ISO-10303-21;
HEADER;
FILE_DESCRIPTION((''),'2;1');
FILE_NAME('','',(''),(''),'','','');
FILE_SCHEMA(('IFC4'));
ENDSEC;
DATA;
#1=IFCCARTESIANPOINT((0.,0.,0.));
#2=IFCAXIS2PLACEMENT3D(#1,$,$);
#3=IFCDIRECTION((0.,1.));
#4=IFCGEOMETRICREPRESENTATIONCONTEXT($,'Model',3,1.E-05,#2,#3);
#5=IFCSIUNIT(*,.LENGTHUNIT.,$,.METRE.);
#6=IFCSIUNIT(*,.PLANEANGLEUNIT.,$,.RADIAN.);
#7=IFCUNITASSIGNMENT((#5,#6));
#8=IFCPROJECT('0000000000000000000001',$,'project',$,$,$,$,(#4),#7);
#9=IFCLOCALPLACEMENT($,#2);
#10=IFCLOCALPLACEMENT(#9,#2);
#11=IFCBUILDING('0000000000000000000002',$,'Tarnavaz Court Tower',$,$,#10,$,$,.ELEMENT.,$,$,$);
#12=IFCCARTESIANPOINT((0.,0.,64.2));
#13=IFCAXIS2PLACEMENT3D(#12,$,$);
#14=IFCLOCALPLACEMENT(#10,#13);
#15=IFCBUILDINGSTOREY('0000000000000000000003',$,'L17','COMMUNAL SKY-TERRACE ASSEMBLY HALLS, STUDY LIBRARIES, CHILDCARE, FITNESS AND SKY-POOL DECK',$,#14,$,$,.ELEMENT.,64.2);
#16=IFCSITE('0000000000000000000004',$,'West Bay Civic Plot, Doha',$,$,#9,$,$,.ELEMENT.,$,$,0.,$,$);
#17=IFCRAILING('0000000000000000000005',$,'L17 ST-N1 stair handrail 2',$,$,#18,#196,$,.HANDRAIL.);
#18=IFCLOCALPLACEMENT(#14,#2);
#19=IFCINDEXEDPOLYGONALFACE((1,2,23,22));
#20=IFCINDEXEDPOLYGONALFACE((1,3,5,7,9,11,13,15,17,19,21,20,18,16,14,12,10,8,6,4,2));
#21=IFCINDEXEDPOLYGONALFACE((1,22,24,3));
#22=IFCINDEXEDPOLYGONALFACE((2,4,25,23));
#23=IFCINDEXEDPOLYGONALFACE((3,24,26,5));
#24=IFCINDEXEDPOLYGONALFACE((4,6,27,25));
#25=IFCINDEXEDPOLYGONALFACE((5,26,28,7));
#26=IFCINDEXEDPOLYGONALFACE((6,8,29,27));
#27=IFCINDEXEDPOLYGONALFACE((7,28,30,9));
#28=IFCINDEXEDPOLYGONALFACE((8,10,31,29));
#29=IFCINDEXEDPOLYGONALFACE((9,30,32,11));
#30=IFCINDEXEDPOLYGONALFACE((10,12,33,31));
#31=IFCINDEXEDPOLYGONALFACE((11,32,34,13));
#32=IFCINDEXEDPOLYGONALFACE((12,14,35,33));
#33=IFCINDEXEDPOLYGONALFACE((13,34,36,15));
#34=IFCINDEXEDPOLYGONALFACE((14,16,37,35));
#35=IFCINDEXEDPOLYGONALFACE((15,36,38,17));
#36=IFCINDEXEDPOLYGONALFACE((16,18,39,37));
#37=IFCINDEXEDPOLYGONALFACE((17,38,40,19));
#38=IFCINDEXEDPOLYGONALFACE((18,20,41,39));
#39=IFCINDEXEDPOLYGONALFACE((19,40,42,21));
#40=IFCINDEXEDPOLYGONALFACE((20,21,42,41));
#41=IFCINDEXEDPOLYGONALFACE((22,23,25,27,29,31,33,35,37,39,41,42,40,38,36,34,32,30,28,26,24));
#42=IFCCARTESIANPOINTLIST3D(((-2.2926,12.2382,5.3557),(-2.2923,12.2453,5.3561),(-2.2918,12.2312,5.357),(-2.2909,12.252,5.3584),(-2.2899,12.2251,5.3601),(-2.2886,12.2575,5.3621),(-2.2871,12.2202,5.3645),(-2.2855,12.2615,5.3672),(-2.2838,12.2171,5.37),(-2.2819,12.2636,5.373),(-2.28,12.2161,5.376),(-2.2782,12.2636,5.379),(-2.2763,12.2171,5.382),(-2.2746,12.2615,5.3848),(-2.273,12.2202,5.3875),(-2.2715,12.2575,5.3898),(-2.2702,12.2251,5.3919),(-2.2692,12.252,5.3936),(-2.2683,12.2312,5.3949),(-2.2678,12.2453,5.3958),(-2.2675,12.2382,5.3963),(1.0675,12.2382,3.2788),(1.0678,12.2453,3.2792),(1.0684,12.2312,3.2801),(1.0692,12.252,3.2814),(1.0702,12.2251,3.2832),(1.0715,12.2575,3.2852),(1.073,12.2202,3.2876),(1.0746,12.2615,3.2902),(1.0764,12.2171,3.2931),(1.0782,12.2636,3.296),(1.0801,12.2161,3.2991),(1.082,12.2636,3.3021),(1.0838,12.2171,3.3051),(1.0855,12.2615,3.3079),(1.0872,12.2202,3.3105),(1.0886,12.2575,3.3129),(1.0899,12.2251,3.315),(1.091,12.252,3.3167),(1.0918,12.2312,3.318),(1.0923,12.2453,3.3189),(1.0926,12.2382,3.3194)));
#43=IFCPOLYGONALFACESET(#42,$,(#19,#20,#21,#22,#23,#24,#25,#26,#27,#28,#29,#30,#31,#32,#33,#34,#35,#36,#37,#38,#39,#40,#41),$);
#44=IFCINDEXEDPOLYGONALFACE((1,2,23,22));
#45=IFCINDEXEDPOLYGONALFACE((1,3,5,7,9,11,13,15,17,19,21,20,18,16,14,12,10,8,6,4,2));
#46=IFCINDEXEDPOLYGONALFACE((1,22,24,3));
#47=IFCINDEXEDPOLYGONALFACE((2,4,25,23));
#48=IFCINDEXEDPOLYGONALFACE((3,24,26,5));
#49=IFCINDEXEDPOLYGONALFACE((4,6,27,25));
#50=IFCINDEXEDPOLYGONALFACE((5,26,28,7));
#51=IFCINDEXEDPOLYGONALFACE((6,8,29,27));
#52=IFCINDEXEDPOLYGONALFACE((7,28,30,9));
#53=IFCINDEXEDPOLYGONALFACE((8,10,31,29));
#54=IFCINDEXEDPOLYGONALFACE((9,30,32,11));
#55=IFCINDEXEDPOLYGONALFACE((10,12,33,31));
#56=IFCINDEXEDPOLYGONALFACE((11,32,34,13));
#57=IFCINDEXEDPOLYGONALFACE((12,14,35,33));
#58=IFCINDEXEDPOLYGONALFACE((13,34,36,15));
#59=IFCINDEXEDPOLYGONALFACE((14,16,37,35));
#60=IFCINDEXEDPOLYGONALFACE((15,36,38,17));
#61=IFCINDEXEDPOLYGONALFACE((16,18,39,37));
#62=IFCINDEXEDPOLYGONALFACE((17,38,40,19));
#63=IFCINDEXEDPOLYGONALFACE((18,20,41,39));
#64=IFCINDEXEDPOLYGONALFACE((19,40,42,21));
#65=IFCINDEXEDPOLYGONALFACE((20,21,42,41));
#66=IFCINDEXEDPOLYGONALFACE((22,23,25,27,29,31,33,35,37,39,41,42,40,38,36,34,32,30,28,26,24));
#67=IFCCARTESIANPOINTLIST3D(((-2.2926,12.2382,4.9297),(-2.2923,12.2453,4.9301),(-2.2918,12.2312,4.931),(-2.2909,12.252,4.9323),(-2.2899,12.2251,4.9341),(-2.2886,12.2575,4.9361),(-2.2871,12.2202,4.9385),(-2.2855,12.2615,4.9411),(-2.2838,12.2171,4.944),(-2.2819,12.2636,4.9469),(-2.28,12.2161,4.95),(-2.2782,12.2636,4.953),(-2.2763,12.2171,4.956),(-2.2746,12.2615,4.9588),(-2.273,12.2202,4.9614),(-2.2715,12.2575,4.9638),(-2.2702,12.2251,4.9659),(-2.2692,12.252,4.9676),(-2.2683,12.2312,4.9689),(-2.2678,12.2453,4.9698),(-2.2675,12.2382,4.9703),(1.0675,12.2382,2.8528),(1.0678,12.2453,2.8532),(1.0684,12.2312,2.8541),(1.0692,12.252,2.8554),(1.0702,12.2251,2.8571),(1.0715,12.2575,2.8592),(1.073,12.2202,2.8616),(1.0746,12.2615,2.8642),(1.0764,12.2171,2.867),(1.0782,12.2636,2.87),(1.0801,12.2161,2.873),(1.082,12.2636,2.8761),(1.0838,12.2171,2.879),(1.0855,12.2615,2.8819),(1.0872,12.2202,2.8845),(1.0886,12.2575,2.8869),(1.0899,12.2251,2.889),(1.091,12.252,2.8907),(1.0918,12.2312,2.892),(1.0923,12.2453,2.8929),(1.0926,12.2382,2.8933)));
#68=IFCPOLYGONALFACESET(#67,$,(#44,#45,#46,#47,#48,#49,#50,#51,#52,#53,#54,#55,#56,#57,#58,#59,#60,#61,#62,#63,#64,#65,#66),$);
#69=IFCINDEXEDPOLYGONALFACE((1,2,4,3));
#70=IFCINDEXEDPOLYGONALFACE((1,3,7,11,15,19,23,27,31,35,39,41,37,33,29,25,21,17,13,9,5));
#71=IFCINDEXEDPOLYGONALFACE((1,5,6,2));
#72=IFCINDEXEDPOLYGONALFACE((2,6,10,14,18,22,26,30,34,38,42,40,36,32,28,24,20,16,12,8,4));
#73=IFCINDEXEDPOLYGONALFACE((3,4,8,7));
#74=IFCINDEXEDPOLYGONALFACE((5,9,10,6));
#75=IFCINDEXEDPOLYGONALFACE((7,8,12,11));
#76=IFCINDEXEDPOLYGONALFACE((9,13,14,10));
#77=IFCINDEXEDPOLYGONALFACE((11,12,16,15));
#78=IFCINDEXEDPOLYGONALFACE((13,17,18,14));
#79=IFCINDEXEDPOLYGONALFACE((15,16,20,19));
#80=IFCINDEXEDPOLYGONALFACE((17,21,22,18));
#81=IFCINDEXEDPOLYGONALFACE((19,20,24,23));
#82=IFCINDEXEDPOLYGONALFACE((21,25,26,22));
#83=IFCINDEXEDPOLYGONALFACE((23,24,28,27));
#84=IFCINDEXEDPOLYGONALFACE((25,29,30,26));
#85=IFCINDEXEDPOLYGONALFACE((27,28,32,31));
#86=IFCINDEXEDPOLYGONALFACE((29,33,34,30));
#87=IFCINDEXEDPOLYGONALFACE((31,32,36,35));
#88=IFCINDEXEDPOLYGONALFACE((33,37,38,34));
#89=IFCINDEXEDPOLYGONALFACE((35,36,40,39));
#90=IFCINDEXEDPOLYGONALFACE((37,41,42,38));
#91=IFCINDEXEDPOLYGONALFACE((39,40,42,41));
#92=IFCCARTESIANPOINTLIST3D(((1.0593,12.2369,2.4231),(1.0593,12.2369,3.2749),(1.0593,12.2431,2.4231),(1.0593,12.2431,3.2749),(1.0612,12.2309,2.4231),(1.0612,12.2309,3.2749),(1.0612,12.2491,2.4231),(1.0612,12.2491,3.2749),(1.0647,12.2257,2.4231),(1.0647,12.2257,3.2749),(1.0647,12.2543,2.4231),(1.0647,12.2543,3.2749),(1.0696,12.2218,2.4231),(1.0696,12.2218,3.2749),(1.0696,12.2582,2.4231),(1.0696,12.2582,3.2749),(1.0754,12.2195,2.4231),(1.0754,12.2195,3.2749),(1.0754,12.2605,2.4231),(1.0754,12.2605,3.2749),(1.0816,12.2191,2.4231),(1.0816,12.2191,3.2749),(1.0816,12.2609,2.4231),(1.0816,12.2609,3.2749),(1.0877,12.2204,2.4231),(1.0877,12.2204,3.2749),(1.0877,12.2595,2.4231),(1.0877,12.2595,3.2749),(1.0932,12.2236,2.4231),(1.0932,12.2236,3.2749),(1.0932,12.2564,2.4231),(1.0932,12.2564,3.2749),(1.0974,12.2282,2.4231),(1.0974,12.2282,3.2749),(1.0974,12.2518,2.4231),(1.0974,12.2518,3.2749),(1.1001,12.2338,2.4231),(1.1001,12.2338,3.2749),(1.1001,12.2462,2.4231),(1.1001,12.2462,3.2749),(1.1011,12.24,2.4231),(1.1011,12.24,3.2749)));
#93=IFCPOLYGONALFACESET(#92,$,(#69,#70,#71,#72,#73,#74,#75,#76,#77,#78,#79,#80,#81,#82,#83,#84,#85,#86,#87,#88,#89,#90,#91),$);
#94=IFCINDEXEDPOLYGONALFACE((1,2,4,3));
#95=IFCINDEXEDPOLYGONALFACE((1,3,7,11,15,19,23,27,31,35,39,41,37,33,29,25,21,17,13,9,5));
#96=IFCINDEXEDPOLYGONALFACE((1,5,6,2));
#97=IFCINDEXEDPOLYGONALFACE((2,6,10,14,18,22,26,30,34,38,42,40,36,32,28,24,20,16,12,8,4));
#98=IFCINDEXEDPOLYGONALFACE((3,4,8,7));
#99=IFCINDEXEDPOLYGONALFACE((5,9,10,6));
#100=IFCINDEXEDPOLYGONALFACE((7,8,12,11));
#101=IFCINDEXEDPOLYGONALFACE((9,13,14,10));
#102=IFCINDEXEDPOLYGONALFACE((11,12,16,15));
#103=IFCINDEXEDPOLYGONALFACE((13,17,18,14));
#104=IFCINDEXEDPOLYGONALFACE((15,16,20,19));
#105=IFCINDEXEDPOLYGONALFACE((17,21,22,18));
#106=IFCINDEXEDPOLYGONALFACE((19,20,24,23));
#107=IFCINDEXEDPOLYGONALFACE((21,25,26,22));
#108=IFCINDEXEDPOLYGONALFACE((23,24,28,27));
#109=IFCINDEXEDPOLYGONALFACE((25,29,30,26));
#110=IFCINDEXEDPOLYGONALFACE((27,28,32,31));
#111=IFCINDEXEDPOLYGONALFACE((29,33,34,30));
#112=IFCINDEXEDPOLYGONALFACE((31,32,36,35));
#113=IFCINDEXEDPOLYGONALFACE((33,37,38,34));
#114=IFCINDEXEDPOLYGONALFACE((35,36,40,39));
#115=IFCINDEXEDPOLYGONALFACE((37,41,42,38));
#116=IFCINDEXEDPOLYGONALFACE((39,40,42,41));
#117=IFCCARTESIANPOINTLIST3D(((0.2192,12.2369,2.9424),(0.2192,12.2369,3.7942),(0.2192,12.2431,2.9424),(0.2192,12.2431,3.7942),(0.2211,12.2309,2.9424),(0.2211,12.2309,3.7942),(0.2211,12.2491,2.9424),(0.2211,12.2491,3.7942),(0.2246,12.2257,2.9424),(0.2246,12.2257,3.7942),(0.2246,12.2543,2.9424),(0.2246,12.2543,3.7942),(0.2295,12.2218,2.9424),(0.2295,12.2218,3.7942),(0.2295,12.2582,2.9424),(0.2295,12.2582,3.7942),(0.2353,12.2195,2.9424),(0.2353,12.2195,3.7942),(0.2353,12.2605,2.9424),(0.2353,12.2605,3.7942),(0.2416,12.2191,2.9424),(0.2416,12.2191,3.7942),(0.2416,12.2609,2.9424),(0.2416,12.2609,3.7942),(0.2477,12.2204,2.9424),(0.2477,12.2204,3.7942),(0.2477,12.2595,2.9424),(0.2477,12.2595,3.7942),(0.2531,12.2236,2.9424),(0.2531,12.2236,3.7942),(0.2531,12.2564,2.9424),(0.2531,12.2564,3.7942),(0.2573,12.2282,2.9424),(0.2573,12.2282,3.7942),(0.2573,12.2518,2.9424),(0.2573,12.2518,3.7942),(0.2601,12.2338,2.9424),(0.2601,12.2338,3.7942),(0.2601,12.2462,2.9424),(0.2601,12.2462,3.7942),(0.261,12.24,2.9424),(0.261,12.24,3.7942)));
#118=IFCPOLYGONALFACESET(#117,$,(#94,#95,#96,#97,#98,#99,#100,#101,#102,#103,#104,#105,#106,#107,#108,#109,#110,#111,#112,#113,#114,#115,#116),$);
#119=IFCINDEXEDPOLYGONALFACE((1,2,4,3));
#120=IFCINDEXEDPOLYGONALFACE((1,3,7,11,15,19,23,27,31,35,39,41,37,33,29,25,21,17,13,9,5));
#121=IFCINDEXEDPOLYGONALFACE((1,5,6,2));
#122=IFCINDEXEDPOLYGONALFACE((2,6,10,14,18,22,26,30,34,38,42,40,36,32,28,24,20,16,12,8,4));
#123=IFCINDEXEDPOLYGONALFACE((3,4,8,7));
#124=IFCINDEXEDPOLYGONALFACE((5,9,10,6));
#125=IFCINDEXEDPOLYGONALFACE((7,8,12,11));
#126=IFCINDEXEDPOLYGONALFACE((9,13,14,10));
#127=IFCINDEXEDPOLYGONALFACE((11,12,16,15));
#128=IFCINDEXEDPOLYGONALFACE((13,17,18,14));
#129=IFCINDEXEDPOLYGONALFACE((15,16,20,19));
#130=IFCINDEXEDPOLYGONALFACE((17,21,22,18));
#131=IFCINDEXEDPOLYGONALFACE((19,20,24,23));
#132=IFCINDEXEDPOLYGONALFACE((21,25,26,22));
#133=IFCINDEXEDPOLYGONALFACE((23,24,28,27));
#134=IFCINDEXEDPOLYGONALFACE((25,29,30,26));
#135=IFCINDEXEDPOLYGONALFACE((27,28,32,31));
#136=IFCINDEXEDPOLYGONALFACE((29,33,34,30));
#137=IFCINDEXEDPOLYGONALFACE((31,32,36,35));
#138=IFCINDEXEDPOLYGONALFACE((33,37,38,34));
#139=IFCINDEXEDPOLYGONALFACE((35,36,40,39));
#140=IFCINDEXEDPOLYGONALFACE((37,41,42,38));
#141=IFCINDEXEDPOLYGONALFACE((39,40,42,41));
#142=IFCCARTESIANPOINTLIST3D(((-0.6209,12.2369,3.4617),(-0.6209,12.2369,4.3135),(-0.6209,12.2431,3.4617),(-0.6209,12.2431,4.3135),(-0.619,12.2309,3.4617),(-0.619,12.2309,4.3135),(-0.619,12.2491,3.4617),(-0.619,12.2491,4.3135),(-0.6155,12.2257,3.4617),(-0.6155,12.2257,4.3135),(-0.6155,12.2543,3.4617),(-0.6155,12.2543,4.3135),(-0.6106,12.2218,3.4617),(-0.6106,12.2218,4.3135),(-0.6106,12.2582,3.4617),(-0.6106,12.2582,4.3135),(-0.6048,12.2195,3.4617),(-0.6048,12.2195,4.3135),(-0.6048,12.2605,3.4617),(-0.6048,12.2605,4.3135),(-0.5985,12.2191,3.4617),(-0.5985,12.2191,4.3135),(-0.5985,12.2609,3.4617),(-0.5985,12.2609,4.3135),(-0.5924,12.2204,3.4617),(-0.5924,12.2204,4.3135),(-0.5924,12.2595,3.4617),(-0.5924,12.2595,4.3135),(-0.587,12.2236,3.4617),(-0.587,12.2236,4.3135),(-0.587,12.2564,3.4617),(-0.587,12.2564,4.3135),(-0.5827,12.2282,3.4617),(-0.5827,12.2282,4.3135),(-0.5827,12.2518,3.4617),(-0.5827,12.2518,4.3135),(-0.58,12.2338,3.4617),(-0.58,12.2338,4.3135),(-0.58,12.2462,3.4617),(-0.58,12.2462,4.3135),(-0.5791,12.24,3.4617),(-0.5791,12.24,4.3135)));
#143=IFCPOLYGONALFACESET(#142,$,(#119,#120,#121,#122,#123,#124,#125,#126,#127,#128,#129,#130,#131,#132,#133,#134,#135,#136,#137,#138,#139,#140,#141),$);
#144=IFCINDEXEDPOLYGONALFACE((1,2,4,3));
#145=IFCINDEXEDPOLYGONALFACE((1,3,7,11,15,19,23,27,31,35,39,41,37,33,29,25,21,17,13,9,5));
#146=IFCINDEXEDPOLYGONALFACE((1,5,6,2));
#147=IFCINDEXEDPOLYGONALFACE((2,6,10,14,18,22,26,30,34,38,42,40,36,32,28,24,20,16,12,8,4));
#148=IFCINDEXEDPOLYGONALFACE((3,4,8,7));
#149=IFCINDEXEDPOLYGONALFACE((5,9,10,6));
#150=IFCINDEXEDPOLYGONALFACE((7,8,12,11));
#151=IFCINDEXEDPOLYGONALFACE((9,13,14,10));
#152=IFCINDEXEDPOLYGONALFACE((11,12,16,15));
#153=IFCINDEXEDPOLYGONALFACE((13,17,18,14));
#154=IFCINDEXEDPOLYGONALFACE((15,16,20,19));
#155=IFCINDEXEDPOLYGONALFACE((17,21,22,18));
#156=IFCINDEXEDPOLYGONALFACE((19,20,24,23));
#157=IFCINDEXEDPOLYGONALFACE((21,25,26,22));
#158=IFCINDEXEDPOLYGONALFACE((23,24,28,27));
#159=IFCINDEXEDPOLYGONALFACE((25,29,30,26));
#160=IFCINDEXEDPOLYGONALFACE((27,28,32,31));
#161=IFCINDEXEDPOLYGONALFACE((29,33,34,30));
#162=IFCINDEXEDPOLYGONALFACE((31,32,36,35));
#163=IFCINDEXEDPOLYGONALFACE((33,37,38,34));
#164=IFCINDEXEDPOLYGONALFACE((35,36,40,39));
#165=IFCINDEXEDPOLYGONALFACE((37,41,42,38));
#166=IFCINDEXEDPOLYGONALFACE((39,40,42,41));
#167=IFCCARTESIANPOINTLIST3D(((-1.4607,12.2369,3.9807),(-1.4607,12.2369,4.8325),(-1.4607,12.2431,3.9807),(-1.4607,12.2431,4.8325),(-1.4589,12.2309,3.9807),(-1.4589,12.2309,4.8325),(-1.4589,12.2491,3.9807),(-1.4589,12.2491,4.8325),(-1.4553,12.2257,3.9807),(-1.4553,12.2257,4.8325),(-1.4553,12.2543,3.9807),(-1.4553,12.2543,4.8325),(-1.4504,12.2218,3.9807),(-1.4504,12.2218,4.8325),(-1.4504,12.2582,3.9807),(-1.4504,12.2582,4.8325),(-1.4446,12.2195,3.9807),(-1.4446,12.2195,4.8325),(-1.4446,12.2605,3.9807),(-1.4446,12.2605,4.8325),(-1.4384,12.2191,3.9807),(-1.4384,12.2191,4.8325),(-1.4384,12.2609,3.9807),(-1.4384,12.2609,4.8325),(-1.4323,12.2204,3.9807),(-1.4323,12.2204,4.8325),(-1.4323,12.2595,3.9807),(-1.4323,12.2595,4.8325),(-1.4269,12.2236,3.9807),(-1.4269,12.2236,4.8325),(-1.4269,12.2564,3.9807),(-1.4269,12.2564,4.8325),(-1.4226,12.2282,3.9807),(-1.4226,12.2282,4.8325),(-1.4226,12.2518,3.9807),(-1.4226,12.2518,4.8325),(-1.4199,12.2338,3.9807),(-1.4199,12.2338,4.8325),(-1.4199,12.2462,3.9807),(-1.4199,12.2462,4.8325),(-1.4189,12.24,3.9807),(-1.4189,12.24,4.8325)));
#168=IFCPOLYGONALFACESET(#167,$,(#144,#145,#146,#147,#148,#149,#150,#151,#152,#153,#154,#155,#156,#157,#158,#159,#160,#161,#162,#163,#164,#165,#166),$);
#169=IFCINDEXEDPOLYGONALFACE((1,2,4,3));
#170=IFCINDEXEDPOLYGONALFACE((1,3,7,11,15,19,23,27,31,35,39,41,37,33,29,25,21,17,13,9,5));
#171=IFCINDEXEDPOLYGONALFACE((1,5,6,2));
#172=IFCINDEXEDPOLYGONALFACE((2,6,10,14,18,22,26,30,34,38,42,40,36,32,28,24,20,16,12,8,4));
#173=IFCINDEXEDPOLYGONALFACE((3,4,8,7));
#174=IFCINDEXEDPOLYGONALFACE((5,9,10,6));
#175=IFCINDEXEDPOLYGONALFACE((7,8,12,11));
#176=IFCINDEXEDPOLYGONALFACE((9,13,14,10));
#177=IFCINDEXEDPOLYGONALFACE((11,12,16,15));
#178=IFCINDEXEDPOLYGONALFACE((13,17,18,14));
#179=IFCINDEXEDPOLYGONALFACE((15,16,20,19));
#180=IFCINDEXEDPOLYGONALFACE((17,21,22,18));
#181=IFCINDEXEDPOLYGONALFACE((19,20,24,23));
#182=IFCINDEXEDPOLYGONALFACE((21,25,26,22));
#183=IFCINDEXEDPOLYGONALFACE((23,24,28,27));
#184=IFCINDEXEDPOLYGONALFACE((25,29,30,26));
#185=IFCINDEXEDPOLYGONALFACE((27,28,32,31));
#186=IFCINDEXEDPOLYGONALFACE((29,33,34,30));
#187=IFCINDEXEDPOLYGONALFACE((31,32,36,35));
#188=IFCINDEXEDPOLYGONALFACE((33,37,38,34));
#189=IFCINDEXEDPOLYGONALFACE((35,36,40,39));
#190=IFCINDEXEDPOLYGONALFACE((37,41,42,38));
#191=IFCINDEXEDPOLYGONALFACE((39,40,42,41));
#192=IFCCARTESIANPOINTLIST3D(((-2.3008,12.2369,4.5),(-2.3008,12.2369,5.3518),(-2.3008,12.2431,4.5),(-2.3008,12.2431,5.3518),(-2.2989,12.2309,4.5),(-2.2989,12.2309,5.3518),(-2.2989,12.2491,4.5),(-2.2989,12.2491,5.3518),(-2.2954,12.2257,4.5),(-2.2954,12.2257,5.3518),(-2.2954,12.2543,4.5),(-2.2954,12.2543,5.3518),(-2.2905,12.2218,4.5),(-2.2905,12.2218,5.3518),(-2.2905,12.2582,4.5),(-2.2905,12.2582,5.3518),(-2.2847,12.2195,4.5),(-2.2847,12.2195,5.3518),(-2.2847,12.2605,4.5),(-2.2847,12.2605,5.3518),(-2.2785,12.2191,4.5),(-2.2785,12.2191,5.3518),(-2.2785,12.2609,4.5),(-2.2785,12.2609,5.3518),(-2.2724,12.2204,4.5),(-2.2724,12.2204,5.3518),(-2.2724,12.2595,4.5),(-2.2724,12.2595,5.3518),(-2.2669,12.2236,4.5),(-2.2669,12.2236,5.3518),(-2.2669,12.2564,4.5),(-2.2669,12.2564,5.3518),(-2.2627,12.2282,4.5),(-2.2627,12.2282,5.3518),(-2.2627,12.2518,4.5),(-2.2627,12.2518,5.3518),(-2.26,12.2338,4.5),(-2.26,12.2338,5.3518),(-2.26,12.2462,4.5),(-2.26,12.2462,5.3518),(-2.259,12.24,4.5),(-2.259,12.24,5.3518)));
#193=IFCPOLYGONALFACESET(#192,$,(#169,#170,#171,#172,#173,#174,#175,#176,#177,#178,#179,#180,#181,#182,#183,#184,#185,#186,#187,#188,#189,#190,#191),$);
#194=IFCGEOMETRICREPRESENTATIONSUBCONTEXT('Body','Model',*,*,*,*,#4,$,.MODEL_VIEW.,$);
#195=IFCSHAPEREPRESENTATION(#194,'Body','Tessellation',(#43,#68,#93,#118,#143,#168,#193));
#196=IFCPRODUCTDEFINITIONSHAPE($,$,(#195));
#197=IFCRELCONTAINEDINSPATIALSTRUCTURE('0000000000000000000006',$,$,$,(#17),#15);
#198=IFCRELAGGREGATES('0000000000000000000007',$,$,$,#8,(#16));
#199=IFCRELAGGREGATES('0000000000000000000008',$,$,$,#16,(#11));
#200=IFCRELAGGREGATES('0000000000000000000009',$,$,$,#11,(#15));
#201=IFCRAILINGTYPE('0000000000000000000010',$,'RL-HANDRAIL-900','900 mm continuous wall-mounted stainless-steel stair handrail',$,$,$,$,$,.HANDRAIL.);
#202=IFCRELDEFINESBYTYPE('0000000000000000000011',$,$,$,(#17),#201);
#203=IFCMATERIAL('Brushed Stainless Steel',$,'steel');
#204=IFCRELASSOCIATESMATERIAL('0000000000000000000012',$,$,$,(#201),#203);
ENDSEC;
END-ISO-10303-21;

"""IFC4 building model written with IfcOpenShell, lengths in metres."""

from ifc_helpers import new_model, si_unit, direction, frame, origin, origin_2d, place, context, subcontext, project, spatial, circle, extrude, material, type_object, element, save


model = new_model("IFC4")

# Units and contexts
model_context = context("Model", 3, precision=1e-05, world=origin(), true_north=direction((0.0, 1.0)))
body_context = subcontext(model_context, "Body", "Model", "MODEL_VIEW")
ifc_project = project(units=[si_unit("LENGTHUNIT", "METRE"), si_unit("PLANEANGLEUNIT", "RADIAN")], contexts=[model_context])

# Site, building, storey
site_placement = place(None, origin())
site = spatial("IfcSite", under=ifc_project, at=site_placement, Name="West Bay Civic Plot, Doha", CompositionType="ELEMENT", RefElevation=0.0)
building_placement = place(site_placement, origin())
building = spatial("IfcBuilding", under=site, at=building_placement, Name="Tarnavaz Court Tower", CompositionType="ELEMENT")
storey_placement = place(building_placement, frame((0.0, 0.0, 64.2)))
storey = spatial("IfcBuildingStorey", under=building, at=storey_placement, Name="L17", Description="COMMUNAL SKY-TERRACE ASSEMBLY HALLS, STUDY LIBRARIES, CHILDCARE, FITNESS AND SKY-POOL DECK", CompositionType="ELEMENT", Elevation=64.2)

# Railing
ifc_material_1 = material(Name="Brushed Stainless Steel", Category="steel")
railing_type_1 = type_object("IfcRailingType", Name="RL-HANDRAIL-900", Description="900 mm continuous wall-mounted stainless-steel stair handrail", PredefinedType="HANDRAIL", material=ifc_material_1)
railing_1_placement = place(storey_placement, frame((1.0801, 12.24, 2.4231)))
element("IfcRailing", 1, at=railing_1_placement, inside=storey, type_object=railing_type_1, Name="L17 ST-N1 stair handrail 2", PredefinedType="HANDRAIL", context=body_context, shape_type="SweptSolid", body=[
    extrude(circle(Radius=0.0239, at=origin_2d()), frame((0.0, 0.0, 0.876), z_axis=(-0.850623, 0.0, 0.525776), x_axis=(0.0, -1.0, 0.0)), (0.0, 0.0, 1.0), 3.9502),
    extrude(circle(Radius=0.0239, at=origin_2d()), frame((0.0, 0.0, 0.45), z_axis=(-0.850623, 0.0, 0.525776), x_axis=(0.0, -1.0, 0.0)), (0.0, 0.0, 1.0), 3.9502),
    extrude(circle(Radius=0.021, at=origin_2d()), origin(), (0.0, 0.0, 1.0), 0.8518),
    extrude(circle(Radius=0.021, at=origin_2d()), frame((-0.8401, 0.0, 0.5193)), (0.0, 0.0, 1.0), 0.8518),
    extrude(circle(Radius=0.021, at=origin_2d()), frame((-1.6802, 0.0, 1.0386)), (0.0, 0.0, 1.0), 0.8518),
    extrude(circle(Radius=0.021, at=origin_2d()), frame((-2.52, 0.0, 1.5576)), (0.0, 0.0, 1.0), 0.8518),
    extrude(circle(Radius=0.021, at=origin_2d()), frame((-3.3601, 0.0, 2.0769)), (0.0, 0.0, 1.0), 0.8518),
])

save(model, "model.ifc")
